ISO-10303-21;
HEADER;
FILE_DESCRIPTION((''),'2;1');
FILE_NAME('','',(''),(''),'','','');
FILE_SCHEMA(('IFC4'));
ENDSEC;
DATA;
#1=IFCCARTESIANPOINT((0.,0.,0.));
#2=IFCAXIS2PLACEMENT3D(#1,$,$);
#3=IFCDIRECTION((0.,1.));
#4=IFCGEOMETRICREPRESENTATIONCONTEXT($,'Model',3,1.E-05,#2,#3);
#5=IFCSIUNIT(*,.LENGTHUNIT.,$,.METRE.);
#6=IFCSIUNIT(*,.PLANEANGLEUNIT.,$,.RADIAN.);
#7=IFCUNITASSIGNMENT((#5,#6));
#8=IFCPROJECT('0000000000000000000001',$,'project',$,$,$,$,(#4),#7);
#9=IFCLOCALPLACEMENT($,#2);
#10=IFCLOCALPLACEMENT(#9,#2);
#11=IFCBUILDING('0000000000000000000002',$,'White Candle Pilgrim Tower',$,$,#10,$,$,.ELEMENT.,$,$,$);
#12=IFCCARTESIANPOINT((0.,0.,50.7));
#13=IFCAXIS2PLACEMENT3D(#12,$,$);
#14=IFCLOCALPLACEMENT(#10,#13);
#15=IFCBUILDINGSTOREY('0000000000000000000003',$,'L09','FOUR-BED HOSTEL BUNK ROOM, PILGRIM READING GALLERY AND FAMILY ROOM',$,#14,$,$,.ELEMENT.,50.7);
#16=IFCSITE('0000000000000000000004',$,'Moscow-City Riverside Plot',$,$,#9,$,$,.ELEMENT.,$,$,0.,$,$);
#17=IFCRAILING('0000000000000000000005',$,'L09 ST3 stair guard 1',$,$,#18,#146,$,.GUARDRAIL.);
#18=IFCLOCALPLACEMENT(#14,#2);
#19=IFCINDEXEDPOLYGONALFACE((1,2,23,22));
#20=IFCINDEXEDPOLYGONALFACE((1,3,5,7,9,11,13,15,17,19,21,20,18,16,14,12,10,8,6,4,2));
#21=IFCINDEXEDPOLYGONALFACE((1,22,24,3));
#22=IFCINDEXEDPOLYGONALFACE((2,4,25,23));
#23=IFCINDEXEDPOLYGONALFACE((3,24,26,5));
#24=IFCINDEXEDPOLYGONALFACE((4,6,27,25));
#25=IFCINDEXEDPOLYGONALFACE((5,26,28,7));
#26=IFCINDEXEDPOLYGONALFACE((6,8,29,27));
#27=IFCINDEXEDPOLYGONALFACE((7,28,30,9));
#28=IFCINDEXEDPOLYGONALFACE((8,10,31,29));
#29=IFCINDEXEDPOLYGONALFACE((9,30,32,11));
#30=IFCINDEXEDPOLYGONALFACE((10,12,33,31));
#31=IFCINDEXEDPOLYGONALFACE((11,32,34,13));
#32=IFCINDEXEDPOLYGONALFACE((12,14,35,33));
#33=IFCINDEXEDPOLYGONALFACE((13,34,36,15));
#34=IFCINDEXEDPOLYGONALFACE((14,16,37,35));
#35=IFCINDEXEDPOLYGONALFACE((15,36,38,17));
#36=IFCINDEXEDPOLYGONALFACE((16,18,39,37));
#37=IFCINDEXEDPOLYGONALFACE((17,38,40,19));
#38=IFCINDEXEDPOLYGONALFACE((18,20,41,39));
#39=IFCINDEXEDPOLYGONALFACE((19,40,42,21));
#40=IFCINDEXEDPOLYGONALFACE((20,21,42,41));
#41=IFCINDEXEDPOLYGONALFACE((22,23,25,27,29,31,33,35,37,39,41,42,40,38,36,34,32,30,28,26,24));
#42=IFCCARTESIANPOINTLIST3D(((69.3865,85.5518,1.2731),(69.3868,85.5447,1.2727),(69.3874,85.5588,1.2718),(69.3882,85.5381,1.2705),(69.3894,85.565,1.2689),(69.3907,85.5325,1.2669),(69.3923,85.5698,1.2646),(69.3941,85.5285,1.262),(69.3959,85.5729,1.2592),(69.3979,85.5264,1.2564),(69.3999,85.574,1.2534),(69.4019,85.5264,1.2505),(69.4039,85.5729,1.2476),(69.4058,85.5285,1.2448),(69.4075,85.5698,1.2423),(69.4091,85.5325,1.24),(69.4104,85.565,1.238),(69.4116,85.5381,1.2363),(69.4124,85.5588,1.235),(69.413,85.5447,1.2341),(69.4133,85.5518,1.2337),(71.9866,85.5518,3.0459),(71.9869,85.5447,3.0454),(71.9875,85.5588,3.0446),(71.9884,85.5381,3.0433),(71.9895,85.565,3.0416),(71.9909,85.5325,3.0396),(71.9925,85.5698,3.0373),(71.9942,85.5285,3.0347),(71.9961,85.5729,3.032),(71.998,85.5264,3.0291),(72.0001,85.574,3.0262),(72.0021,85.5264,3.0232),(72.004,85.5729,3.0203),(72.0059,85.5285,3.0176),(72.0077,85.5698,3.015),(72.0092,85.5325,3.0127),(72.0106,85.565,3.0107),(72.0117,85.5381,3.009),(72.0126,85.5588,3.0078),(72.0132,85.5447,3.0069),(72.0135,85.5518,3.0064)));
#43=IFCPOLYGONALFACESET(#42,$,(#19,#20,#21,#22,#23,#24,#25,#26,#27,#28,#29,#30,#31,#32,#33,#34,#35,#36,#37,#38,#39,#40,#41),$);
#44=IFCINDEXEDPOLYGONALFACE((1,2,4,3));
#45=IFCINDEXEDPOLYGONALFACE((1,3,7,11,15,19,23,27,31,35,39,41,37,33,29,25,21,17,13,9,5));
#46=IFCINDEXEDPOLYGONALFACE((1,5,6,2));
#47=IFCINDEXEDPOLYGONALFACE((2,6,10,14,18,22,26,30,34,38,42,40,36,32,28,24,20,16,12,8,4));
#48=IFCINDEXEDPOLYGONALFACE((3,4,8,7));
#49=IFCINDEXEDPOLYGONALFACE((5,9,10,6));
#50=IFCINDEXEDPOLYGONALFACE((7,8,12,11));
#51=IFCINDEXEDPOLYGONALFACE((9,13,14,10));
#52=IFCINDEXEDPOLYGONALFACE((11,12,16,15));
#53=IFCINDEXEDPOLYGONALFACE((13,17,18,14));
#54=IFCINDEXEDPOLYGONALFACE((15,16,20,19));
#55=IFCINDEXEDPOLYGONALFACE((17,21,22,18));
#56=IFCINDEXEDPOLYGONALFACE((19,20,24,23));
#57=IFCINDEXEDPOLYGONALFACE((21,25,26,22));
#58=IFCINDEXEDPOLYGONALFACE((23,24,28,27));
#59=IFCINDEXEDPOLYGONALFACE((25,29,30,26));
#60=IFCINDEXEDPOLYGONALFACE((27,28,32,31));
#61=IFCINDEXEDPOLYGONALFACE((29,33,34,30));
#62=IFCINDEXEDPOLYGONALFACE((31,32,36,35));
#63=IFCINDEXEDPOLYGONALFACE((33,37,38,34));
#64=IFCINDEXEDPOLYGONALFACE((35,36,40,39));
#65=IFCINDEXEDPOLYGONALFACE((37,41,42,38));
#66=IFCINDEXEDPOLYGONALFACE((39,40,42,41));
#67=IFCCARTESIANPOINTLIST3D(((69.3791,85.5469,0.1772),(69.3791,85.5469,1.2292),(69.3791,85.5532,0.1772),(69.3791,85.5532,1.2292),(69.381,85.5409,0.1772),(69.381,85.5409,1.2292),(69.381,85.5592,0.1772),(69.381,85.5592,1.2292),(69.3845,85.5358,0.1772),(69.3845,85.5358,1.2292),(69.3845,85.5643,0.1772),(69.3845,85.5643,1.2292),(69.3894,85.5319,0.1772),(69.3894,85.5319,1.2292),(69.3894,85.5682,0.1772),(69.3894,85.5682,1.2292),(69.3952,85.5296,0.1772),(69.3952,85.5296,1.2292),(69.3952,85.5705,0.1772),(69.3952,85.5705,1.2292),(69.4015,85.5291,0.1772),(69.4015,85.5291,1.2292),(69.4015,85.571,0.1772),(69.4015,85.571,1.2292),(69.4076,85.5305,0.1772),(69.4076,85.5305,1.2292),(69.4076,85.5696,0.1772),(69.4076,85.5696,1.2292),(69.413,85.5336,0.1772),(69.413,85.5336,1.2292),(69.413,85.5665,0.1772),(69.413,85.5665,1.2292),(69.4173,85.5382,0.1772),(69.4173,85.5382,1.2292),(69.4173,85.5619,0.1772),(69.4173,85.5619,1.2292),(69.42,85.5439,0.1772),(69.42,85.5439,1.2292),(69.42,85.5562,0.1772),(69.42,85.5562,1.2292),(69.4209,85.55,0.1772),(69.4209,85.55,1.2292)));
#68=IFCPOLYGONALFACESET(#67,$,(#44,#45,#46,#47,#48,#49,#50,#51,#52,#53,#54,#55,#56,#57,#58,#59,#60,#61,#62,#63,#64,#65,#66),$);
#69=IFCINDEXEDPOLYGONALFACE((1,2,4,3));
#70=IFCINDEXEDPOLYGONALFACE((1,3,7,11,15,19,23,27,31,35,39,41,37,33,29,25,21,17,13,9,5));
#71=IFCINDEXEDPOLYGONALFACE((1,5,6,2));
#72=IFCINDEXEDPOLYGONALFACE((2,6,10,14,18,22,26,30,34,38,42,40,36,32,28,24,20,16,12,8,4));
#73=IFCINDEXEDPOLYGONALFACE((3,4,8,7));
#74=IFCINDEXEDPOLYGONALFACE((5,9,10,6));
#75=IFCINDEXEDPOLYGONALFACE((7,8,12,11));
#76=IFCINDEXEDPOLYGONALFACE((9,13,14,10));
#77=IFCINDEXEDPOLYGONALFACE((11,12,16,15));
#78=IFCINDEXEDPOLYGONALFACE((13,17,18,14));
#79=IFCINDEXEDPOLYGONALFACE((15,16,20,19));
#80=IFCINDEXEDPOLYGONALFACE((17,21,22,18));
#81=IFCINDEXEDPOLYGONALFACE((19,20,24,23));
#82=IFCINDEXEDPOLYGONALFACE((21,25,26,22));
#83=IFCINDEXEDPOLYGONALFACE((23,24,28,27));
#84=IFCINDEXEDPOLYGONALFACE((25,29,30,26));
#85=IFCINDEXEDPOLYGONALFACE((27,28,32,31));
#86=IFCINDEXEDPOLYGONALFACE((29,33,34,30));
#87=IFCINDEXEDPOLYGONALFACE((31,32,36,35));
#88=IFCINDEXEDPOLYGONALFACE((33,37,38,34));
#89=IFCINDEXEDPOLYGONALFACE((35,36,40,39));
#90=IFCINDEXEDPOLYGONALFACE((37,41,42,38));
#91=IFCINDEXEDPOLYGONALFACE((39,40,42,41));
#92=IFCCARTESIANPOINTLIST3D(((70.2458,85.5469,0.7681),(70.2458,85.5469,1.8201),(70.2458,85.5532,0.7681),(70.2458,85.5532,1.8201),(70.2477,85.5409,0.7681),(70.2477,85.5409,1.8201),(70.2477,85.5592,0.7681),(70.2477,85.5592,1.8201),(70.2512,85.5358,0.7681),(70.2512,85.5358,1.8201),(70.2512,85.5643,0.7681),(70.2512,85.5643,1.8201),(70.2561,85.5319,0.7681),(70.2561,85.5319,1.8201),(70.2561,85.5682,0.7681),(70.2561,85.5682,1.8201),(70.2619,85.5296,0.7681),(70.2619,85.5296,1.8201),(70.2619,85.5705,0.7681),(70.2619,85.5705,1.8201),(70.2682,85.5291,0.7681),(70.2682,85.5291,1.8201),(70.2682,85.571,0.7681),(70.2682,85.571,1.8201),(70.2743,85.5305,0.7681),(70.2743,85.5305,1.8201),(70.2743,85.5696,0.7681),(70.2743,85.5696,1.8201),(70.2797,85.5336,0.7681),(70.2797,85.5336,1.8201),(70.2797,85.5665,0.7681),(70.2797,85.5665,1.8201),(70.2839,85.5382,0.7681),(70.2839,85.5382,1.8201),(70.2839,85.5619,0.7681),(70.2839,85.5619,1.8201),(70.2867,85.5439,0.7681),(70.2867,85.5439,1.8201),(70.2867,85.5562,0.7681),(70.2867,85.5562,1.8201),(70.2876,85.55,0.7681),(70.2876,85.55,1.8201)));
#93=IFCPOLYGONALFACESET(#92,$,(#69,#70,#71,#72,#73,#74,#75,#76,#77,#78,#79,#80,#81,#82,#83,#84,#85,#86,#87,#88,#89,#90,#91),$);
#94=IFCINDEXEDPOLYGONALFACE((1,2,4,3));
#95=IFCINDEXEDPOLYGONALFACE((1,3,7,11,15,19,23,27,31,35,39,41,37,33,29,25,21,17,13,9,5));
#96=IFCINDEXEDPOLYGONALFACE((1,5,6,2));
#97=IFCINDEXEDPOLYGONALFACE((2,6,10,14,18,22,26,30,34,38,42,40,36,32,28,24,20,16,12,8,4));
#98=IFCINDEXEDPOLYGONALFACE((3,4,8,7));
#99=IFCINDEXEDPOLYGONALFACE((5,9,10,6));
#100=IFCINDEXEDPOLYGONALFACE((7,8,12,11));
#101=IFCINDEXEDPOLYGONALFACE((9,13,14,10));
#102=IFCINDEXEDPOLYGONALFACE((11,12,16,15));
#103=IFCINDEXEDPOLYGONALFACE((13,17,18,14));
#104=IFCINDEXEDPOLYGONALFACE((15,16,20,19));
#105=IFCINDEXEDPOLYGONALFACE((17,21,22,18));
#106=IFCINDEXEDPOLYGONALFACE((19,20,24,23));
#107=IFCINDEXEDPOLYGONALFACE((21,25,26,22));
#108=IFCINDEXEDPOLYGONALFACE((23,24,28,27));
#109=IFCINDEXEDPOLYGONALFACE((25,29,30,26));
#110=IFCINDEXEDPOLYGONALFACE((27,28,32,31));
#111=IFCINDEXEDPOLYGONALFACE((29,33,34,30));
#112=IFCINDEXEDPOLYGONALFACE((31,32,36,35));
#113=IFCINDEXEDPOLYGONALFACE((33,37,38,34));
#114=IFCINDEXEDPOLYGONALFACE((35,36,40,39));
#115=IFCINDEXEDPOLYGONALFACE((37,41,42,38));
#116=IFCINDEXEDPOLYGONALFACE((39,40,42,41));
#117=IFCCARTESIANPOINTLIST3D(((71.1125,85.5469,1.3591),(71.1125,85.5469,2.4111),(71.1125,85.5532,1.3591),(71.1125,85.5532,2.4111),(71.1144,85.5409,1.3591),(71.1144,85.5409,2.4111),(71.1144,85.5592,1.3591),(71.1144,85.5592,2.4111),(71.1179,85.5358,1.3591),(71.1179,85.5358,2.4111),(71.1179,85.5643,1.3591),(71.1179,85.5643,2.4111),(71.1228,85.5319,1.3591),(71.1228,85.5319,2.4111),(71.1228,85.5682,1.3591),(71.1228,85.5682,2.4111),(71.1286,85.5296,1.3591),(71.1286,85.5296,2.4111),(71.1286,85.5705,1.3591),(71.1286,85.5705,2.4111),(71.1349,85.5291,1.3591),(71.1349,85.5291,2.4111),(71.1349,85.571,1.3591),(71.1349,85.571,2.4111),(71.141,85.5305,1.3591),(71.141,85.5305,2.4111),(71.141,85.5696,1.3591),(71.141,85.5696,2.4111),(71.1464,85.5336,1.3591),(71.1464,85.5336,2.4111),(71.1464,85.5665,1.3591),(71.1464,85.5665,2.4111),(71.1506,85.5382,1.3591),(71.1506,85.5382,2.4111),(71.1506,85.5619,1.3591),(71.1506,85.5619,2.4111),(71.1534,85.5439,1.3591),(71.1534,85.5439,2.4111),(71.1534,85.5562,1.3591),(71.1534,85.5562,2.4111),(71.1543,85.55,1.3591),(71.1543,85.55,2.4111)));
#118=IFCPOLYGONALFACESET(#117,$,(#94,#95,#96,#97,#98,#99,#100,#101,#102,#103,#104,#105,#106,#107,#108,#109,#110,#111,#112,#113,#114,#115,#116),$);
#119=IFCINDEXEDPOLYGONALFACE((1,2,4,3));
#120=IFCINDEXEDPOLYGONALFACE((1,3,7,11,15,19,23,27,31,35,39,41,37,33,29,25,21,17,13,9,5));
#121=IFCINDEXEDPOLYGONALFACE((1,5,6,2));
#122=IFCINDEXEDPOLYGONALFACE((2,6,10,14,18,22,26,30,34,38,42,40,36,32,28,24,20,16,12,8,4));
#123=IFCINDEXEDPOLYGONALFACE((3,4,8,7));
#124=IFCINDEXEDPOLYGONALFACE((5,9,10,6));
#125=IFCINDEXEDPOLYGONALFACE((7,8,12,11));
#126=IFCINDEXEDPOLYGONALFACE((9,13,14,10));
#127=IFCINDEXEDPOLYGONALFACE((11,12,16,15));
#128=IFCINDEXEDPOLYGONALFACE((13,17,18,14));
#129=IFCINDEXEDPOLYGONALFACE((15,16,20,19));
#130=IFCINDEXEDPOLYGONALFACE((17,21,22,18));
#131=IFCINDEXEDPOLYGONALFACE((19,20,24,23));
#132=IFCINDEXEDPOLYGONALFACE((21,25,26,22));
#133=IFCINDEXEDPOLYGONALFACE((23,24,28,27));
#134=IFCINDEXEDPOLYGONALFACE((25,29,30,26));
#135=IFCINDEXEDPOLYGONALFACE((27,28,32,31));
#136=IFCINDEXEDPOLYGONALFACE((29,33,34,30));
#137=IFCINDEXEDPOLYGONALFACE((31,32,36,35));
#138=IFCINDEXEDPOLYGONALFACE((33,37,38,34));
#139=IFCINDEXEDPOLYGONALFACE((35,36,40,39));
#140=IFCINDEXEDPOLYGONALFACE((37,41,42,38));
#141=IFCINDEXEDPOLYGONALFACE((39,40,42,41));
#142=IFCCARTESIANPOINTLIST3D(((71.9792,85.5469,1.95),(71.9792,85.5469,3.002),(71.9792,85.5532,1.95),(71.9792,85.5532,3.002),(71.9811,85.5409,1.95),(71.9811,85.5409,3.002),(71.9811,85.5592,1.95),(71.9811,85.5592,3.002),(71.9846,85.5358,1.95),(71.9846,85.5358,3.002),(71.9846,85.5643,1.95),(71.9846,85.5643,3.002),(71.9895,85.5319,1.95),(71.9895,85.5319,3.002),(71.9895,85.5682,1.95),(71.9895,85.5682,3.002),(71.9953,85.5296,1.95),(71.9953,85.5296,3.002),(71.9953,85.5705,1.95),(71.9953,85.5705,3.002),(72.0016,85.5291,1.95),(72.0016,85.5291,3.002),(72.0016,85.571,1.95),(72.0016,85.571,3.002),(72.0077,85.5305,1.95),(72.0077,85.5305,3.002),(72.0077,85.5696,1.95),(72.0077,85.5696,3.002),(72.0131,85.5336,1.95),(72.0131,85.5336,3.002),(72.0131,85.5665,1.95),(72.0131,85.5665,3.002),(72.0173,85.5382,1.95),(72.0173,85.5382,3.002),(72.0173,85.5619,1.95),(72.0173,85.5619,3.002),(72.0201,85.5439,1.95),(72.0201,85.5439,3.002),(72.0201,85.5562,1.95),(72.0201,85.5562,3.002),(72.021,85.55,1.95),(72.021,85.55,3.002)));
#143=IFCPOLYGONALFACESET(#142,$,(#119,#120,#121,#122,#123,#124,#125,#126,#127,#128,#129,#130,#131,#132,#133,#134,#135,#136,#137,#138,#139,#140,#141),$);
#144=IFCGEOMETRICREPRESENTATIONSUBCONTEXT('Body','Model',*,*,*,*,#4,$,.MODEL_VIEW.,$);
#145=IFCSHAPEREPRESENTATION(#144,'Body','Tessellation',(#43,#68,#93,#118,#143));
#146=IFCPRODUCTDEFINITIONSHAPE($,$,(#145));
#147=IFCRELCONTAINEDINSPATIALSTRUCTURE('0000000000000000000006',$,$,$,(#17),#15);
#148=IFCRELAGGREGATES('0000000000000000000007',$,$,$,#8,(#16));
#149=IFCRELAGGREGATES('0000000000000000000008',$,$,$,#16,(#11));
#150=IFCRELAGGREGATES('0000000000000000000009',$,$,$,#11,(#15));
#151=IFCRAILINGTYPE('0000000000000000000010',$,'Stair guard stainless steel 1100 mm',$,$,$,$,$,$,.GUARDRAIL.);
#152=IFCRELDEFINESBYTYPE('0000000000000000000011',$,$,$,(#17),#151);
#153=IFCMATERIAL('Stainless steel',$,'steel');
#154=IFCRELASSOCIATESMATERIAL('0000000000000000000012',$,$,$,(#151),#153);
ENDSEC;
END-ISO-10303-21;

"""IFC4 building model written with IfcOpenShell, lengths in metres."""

from ifc_helpers import new_model, si_unit, direction, frame, origin, origin_2d, place, context, subcontext, project, spatial, circle, extrude, material, type_object, element, save


model = new_model("IFC4")

# Units and contexts
model_context = context("Model", 3, precision=1e-05, world=origin(), true_north=direction((0.0, 1.0)))
body_context = subcontext(model_context, "Body", "Model", "MODEL_VIEW")
ifc_project = project(units=[si_unit("LENGTHUNIT", "METRE"), si_unit("PLANEANGLEUNIT", "RADIAN")], contexts=[model_context])

# Site, building, storey
site_placement = place(None, origin())
site = spatial("IfcSite", under=ifc_project, at=site_placement, Name="Moscow-City Riverside Plot", CompositionType="ELEMENT", RefElevation=0.0)
building_placement = place(site_placement, origin())
building = spatial("IfcBuilding", under=site, at=building_placement, Name="White Candle Pilgrim Tower", CompositionType="ELEMENT")
storey_placement = place(building_placement, frame((0.0, 0.0, 50.7)))
storey = spatial("IfcBuildingStorey", under=building, at=storey_placement, Name="L09", Description="FOUR-BED HOSTEL BUNK ROOM, PILGRIM READING GALLERY AND FAMILY ROOM", CompositionType="ELEMENT", Elevation=50.7)

# Railing
ifc_material_1 = material(Name="Stainless steel", Category="steel")
railing_type_1 = type_object("IfcRailingType", Name="Stair guard stainless steel 1100 mm", PredefinedType="GUARDRAIL", material=ifc_material_1)
railing_1_placement = place(storey_placement, frame((69.3999, 85.55, 0.1772)))
element("IfcRailing", 1, at=railing_1_placement, inside=storey, type_object=railing_type_1, Name="L09 ST3 stair guard 1", PredefinedType="GUARDRAIL", context=body_context, shape_type="SweptSolid", body=[
    extrude(circle(Radius=0.0239, at=origin_2d()), frame((0.0, 0.0, 1.0762), z_axis=(0.82624, 0.0, 0.563318), x_axis=(0.0, 1.0, 0.0)), (0.0, 0.0, 1.0), 3.147),
    extrude(circle(Radius=0.021, at=origin_2d()), origin(), (0.0, 0.0, 1.0), 1.052),
    extrude(circle(Radius=0.021, at=origin_2d()), frame((0.8667, 0.0, 0.5908)), (0.0, 0.0, 1.0), 1.052),
    extrude(circle(Radius=0.021, at=origin_2d()), frame((1.7334, 0.0, 1.1819)), (0.0, 0.0, 1.0), 1.052),
    extrude(circle(Radius=0.021, at=origin_2d()), frame((2.6001, 0.0, 1.7727)), (0.0, 0.0, 1.0), 1.052),
])

save(model, "model.ifc")
